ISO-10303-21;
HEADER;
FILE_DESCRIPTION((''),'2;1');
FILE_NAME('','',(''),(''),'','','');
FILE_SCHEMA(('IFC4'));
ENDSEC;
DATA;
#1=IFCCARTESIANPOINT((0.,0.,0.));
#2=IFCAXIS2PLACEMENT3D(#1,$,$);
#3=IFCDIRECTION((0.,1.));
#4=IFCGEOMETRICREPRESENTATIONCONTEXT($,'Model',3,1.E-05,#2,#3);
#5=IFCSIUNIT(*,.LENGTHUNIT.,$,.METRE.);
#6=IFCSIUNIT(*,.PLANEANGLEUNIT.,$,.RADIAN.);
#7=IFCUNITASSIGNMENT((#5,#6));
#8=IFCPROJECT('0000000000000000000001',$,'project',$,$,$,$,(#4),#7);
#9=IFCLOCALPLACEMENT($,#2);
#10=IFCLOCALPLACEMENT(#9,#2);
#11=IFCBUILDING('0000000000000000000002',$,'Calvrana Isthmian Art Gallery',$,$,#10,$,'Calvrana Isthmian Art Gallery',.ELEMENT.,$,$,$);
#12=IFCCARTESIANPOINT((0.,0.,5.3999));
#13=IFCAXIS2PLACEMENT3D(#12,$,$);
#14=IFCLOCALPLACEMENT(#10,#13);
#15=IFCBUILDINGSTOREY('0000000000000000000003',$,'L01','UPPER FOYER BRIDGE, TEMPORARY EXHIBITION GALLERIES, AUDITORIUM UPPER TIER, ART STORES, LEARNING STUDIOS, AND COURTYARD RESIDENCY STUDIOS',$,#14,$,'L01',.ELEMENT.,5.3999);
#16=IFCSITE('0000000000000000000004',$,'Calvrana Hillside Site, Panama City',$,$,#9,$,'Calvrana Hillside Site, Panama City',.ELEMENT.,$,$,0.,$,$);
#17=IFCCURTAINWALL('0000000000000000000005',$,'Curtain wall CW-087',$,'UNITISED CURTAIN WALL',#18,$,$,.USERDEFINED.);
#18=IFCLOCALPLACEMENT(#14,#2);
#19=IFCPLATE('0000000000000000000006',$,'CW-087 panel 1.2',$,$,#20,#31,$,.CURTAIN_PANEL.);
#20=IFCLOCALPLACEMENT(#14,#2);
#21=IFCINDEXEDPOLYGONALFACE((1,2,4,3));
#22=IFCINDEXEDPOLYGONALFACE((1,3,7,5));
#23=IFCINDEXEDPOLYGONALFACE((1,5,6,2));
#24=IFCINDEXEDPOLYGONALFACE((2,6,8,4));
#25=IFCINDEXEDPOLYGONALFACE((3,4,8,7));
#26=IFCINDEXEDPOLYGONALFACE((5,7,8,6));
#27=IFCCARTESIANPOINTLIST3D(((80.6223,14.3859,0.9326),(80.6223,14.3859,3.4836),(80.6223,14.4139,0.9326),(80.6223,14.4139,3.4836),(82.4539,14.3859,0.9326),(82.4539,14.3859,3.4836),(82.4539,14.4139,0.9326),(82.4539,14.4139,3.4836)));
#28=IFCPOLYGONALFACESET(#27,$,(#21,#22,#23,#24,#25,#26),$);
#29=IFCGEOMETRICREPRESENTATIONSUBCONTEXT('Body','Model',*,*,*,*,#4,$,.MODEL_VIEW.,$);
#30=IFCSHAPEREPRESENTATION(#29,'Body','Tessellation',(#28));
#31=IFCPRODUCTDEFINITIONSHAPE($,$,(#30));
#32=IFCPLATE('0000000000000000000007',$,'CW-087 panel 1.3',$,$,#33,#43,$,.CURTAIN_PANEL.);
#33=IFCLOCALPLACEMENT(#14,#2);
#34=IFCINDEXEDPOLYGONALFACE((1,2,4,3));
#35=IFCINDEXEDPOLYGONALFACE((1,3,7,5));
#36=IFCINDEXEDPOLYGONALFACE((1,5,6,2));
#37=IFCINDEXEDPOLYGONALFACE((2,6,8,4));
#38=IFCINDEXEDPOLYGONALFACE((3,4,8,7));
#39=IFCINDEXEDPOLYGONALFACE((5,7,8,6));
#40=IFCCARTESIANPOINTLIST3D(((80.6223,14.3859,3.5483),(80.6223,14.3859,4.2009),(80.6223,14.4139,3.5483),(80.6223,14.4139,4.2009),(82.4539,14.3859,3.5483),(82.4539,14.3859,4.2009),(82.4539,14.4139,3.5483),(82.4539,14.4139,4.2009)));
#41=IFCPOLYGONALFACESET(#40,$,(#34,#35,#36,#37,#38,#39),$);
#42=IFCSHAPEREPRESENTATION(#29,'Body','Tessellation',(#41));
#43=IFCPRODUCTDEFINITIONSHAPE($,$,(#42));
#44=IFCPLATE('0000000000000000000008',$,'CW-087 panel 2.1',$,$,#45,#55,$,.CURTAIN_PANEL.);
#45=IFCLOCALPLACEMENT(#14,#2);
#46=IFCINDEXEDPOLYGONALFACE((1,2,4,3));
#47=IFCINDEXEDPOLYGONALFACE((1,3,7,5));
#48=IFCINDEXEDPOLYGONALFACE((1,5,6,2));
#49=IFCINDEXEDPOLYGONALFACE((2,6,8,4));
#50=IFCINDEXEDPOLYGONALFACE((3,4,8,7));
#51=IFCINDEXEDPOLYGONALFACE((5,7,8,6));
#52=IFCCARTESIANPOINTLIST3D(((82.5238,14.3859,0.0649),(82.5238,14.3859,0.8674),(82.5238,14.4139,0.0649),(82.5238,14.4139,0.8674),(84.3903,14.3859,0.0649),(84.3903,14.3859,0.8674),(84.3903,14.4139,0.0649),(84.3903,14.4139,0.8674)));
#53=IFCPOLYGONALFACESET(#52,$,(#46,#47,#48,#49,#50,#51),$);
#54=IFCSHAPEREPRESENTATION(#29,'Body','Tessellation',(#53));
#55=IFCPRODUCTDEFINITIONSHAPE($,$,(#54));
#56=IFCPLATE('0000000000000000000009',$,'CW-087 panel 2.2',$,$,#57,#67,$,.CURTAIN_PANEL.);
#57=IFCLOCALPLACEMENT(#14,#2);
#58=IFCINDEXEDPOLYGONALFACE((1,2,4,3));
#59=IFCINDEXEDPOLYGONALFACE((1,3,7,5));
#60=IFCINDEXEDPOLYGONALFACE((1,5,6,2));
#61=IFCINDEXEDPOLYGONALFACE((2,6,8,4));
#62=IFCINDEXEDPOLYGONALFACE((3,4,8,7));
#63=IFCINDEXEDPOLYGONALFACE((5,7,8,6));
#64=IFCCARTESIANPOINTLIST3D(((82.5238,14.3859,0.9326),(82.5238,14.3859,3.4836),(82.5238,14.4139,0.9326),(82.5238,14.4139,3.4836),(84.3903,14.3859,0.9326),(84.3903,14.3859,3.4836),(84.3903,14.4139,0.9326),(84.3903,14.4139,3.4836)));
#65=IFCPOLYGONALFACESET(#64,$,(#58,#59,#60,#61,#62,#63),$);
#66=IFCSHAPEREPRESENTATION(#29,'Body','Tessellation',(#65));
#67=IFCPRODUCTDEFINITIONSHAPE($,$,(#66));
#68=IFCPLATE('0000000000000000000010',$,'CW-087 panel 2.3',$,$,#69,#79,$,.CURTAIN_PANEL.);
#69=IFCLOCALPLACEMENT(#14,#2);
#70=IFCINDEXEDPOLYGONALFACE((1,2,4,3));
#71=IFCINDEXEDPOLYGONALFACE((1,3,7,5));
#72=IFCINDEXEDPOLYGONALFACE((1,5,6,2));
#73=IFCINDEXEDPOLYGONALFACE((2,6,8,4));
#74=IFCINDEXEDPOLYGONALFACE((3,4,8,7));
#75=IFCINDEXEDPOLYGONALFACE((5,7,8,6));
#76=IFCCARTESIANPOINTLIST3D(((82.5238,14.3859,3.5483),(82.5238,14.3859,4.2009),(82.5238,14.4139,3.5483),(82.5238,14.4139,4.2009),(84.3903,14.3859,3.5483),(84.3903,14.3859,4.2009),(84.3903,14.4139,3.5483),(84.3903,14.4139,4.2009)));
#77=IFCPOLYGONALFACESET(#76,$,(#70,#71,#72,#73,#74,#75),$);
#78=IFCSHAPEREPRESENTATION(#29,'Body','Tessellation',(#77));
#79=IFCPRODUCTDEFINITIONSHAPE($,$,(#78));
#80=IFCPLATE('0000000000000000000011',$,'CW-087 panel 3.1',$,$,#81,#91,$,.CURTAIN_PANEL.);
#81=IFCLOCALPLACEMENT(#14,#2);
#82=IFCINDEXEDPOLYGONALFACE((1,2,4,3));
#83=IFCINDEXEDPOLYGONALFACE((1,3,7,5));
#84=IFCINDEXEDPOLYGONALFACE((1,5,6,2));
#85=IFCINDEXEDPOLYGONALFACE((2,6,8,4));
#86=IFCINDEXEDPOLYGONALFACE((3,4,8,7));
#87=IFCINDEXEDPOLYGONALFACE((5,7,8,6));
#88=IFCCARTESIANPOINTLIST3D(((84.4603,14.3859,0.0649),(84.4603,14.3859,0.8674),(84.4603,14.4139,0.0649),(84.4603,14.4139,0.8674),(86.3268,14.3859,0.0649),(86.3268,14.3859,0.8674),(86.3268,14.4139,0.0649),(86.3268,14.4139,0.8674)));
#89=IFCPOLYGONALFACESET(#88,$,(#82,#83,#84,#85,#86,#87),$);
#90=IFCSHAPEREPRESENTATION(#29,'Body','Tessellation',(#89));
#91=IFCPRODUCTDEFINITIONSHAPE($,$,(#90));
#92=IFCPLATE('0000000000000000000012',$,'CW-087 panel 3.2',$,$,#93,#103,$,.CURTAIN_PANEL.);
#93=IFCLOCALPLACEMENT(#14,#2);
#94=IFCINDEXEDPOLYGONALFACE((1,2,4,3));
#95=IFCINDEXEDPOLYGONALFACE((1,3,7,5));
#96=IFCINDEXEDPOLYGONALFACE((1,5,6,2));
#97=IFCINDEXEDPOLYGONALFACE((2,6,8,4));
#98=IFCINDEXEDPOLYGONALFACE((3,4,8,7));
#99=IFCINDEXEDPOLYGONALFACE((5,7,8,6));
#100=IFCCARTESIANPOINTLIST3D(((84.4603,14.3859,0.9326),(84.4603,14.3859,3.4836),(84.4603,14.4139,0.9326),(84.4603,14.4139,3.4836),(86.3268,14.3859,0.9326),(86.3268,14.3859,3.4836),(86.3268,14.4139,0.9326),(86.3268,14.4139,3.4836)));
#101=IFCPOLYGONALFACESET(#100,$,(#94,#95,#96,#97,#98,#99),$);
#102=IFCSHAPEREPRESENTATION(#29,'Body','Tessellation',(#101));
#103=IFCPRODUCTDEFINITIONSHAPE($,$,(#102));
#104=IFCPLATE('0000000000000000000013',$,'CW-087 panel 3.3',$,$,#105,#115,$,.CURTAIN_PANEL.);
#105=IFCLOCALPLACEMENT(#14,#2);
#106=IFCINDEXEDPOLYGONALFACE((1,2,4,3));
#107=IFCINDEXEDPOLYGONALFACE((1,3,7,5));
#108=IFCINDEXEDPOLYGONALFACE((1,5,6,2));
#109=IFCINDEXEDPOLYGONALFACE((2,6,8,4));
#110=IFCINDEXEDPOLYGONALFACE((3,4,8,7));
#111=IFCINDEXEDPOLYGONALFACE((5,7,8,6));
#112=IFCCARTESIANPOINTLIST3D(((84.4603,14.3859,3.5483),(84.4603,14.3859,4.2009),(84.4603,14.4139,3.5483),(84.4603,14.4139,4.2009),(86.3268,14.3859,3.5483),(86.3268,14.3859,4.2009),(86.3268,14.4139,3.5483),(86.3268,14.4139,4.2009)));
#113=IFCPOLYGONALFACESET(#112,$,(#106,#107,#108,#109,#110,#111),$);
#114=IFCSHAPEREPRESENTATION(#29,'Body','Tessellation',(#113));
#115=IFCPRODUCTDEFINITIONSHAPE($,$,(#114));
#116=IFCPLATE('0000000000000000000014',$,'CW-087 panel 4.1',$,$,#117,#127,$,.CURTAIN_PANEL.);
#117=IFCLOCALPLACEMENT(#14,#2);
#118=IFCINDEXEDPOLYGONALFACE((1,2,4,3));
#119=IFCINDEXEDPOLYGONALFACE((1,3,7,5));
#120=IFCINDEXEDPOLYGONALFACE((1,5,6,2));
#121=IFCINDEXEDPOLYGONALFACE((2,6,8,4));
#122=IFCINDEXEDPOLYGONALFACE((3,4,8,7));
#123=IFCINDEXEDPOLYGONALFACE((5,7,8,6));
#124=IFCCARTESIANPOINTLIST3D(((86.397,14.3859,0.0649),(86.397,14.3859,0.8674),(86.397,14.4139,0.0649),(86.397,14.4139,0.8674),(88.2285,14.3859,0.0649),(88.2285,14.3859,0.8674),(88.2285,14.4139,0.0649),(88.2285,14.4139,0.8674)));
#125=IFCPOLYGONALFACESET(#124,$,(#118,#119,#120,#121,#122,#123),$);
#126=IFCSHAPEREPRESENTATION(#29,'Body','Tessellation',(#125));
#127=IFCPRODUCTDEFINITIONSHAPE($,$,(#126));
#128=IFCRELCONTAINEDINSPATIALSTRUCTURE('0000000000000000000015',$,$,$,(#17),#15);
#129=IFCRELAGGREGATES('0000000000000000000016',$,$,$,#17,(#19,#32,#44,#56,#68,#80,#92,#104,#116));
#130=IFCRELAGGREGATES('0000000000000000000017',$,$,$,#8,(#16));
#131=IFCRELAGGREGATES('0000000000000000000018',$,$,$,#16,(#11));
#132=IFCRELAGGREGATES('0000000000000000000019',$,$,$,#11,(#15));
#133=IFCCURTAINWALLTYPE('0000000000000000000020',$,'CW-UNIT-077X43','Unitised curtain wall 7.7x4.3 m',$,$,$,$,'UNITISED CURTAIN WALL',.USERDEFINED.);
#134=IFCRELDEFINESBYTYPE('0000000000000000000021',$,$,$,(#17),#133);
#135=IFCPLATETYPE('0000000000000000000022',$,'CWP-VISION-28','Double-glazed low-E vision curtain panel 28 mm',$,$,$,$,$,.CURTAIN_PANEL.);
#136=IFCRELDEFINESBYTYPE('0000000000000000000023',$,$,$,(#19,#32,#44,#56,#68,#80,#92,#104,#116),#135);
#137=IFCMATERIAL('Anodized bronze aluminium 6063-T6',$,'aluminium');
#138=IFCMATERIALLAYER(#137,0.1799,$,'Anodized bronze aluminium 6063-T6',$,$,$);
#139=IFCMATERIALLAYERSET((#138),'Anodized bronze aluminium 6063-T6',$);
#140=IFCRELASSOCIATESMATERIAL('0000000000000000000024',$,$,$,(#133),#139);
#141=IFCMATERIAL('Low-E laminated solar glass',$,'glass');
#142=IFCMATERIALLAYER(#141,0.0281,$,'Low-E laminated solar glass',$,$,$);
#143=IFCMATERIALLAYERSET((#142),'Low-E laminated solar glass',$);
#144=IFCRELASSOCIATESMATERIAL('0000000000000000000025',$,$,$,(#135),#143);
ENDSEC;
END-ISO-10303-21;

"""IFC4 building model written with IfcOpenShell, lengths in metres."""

from ifc_helpers import new_model, si_unit, direction, frame, origin, origin_2d, place, context, subcontext, project, spatial, rectangle, extrude, material, layer, layer_set, type_object, element, aggregate, save


model = new_model("IFC4")

# Units and contexts
model_context = context("Model", 3, precision=1e-05, world=origin(), true_north=direction((0.0, 1.0)))
body_context = subcontext(model_context, "Body", "Model", "MODEL_VIEW")
ifc_project = project(units=[si_unit("LENGTHUNIT", "METRE"), si_unit("PLANEANGLEUNIT", "RADIAN")], contexts=[model_context])

# Site, building, storey
site_placement = place(None, origin())
site = spatial("IfcSite", under=ifc_project, at=site_placement, Name="Calvrana Hillside Site, Panama City", LongName="Calvrana Hillside Site, Panama City", CompositionType="ELEMENT", RefElevation=0.0)
building_placement = place(site_placement, origin())
building = spatial("IfcBuilding", under=site, at=building_placement, Name="Calvrana Isthmian Art Gallery", LongName="Calvrana Isthmian Art Gallery", CompositionType="ELEMENT")
storey_placement = place(building_placement, frame((0.0, 0.0, 5.3999)))
storey = spatial("IfcBuildingStorey", under=building, at=storey_placement, Name="L01", Description="UPPER FOYER BRIDGE, TEMPORARY EXHIBITION GALLERIES, AUDITORIUM UPPER TIER, ART STORES, LEARNING STUDIOS, AND COURTYARD RESIDENCY STUDIOS", LongName="L01", CompositionType="ELEMENT", Elevation=5.3999)

# Shared definitions
ifc_material_1 = material(Name="Anodized bronze aluminium 6063-T6", Category="aluminium")

# Curtain wall
ifc_layer_1 = layer(ifc_material_1, 0.1799, Name="Anodized bronze aluminium 6063-T6")
ifc_layer_set_1 = layer_set([ifc_layer_1], Name="Anodized bronze aluminium 6063-T6")
curtain_wall_type_1 = type_object("IfcCurtainWallType", Name="CW-UNIT-077X43", Description="Unitised curtain wall 7.7x4.3 m", ElementType="UNITISED CURTAIN WALL", PredefinedType="USERDEFINED", material=ifc_layer_set_1)
curtain_wall_1_placement = place(storey_placement, origin())
curtain_wall_1 = element("IfcCurtainWall", 1, at=curtain_wall_1_placement, inside=storey, type_object=curtain_wall_type_1, Name="Curtain wall CW-087", ObjectType="UNITISED CURTAIN WALL", PredefinedType="USERDEFINED")

# Plates
ifc_material_2 = material(Name="Low-E laminated solar glass", Category="glass")
ifc_layer_2 = layer(ifc_material_2, 0.0281, Name="Low-E laminated solar glass")
ifc_layer_set_2 = layer_set([ifc_layer_2], Name="Low-E laminated solar glass")
plate_type = type_object("IfcPlateType", Name="CWP-VISION-28", Description="Double-glazed low-E vision curtain panel 28 mm", PredefinedType="CURTAIN_PANEL", material=ifc_layer_set_2)
plate_1_placement = place(storey_placement, frame((81.5381, 14.3999, 0.9326), z_axis=(0.0, 0.0, 1.0), x_axis=(1.0, 0.0, 0.0)))
plate_1 = element("IfcPlate", 2, at=plate_1_placement, type_object=plate_type, Name="CW-087 panel 1.2", PredefinedType="CURTAIN_PANEL", context=body_context, shape_type="SweptSolid", body=[
    extrude(rectangle(XDim=1.8315, YDim=0.0281, at=origin_2d()), origin(), (0.0, 0.0, 1.0), 2.551),
])
plate_2_placement = place(storey_placement, frame((81.5381, 14.3999, 3.5483), z_axis=(0.0, 0.0, 1.0), x_axis=(1.0, 0.0, 0.0)))
plate_2 = element("IfcPlate", 3, at=plate_2_placement, type_object=plate_type, Name="CW-087 panel 1.3", PredefinedType="CURTAIN_PANEL", context=body_context, shape_type="SweptSolid", body=[
    extrude(rectangle(XDim=1.8315, YDim=0.0281, at=origin_2d()), origin(), (0.0, 0.0, 1.0), 0.6526),
])
plate_3_placement = place(storey_placement, frame((83.457, 14.3999, 0.0649), z_axis=(0.0, 0.0, 1.0), x_axis=(1.0, 0.0, 0.0)))
plate_3 = element("IfcPlate", 4, at=plate_3_placement, type_object=plate_type, Name="CW-087 panel 2.1", PredefinedType="CURTAIN_PANEL", context=body_context, shape_type="SweptSolid", body=[
    extrude(rectangle(XDim=1.8665, YDim=0.0281, at=origin_2d()), origin(), (0.0, 0.0, 1.0), 0.8025),
])
plate_4_placement = place(storey_placement, frame((83.457, 14.3999, 0.9326), z_axis=(0.0, 0.0, 1.0), x_axis=(1.0, 0.0, 0.0)))
plate_4 = element("IfcPlate", 5, at=plate_4_placement, type_object=plate_type, Name="CW-087 panel 2.2", PredefinedType="CURTAIN_PANEL", context=body_context, shape_type="SweptSolid", body=[
    extrude(rectangle(XDim=1.8665, YDim=0.0281, at=origin_2d()), origin(), (0.0, 0.0, 1.0), 2.551),
])
plate_5_placement = place(storey_placement, frame((83.457, 14.3999, 3.5483), z_axis=(0.0, 0.0, 1.0), x_axis=(1.0, 0.0, 0.0)))
plate_5 = element("IfcPlate", 6, at=plate_5_placement, type_object=plate_type, Name="CW-087 panel 2.3", PredefinedType="CURTAIN_PANEL", context=body_context, shape_type="SweptSolid", body=[
    extrude(rectangle(XDim=1.8665, YDim=0.0281, at=origin_2d()), origin(), (0.0, 0.0, 1.0), 0.6526),
])
plate_6_placement = place(storey_placement, frame((85.3936, 14.3999, 0.0649), z_axis=(0.0, 0.0, 1.0), x_axis=(1.0, 0.0, 0.0)))
plate_6 = element("IfcPlate", 7, at=plate_6_placement, type_object=plate_type, Name="CW-087 panel 3.1", PredefinedType="CURTAIN_PANEL", context=body_context, shape_type="SweptSolid", body=[
    extrude(rectangle(XDim=1.8665, YDim=0.0281, at=origin_2d()), origin(), (0.0, 0.0, 1.0), 0.8025),
])
plate_7_placement = place(storey_placement, frame((85.3936, 14.3999, 0.9326), z_axis=(0.0, 0.0, 1.0), x_axis=(1.0, 0.0, 0.0)))
plate_7 = element("IfcPlate", 8, at=plate_7_placement, type_object=plate_type, Name="CW-087 panel 3.2", PredefinedType="CURTAIN_PANEL", context=body_context, shape_type="SweptSolid", body=[
    extrude(rectangle(XDim=1.8665, YDim=0.0281, at=origin_2d()), origin(), (0.0, 0.0, 1.0), 2.551),
])
plate_8_placement = place(storey_placement, frame((85.3936, 14.3999, 3.5483), z_axis=(0.0, 0.0, 1.0), x_axis=(1.0, 0.0, 0.0)))
plate_8 = element("IfcPlate", 9, at=plate_8_placement, type_object=plate_type, Name="CW-087 panel 3.3", PredefinedType="CURTAIN_PANEL", context=body_context, shape_type="SweptSolid", body=[
    extrude(rectangle(XDim=1.8665, YDim=0.0281, at=origin_2d()), origin(), (0.0, 0.0, 1.0), 0.6526),
])
plate_9_placement = place(storey_placement, frame((87.3127, 14.3999, 0.0649), z_axis=(0.0, 0.0, 1.0), x_axis=(1.0, 0.0, 0.0)))
plate_9 = element("IfcPlate", 10, at=plate_9_placement, type_object=plate_type, Name="CW-087 panel 4.1", PredefinedType="CURTAIN_PANEL", context=body_context, shape_type="SweptSolid", body=[
    extrude(rectangle(XDim=1.8315, YDim=0.0281, at=origin_2d()), origin(), (0.0, 0.0, 1.0), 0.8025),
])
aggregate(curtain_wall_1, [plate_1, plate_2, plate_3, plate_4, plate_5, plate_6, plate_7, plate_8, plate_9])

save(model, "model.ifc")
